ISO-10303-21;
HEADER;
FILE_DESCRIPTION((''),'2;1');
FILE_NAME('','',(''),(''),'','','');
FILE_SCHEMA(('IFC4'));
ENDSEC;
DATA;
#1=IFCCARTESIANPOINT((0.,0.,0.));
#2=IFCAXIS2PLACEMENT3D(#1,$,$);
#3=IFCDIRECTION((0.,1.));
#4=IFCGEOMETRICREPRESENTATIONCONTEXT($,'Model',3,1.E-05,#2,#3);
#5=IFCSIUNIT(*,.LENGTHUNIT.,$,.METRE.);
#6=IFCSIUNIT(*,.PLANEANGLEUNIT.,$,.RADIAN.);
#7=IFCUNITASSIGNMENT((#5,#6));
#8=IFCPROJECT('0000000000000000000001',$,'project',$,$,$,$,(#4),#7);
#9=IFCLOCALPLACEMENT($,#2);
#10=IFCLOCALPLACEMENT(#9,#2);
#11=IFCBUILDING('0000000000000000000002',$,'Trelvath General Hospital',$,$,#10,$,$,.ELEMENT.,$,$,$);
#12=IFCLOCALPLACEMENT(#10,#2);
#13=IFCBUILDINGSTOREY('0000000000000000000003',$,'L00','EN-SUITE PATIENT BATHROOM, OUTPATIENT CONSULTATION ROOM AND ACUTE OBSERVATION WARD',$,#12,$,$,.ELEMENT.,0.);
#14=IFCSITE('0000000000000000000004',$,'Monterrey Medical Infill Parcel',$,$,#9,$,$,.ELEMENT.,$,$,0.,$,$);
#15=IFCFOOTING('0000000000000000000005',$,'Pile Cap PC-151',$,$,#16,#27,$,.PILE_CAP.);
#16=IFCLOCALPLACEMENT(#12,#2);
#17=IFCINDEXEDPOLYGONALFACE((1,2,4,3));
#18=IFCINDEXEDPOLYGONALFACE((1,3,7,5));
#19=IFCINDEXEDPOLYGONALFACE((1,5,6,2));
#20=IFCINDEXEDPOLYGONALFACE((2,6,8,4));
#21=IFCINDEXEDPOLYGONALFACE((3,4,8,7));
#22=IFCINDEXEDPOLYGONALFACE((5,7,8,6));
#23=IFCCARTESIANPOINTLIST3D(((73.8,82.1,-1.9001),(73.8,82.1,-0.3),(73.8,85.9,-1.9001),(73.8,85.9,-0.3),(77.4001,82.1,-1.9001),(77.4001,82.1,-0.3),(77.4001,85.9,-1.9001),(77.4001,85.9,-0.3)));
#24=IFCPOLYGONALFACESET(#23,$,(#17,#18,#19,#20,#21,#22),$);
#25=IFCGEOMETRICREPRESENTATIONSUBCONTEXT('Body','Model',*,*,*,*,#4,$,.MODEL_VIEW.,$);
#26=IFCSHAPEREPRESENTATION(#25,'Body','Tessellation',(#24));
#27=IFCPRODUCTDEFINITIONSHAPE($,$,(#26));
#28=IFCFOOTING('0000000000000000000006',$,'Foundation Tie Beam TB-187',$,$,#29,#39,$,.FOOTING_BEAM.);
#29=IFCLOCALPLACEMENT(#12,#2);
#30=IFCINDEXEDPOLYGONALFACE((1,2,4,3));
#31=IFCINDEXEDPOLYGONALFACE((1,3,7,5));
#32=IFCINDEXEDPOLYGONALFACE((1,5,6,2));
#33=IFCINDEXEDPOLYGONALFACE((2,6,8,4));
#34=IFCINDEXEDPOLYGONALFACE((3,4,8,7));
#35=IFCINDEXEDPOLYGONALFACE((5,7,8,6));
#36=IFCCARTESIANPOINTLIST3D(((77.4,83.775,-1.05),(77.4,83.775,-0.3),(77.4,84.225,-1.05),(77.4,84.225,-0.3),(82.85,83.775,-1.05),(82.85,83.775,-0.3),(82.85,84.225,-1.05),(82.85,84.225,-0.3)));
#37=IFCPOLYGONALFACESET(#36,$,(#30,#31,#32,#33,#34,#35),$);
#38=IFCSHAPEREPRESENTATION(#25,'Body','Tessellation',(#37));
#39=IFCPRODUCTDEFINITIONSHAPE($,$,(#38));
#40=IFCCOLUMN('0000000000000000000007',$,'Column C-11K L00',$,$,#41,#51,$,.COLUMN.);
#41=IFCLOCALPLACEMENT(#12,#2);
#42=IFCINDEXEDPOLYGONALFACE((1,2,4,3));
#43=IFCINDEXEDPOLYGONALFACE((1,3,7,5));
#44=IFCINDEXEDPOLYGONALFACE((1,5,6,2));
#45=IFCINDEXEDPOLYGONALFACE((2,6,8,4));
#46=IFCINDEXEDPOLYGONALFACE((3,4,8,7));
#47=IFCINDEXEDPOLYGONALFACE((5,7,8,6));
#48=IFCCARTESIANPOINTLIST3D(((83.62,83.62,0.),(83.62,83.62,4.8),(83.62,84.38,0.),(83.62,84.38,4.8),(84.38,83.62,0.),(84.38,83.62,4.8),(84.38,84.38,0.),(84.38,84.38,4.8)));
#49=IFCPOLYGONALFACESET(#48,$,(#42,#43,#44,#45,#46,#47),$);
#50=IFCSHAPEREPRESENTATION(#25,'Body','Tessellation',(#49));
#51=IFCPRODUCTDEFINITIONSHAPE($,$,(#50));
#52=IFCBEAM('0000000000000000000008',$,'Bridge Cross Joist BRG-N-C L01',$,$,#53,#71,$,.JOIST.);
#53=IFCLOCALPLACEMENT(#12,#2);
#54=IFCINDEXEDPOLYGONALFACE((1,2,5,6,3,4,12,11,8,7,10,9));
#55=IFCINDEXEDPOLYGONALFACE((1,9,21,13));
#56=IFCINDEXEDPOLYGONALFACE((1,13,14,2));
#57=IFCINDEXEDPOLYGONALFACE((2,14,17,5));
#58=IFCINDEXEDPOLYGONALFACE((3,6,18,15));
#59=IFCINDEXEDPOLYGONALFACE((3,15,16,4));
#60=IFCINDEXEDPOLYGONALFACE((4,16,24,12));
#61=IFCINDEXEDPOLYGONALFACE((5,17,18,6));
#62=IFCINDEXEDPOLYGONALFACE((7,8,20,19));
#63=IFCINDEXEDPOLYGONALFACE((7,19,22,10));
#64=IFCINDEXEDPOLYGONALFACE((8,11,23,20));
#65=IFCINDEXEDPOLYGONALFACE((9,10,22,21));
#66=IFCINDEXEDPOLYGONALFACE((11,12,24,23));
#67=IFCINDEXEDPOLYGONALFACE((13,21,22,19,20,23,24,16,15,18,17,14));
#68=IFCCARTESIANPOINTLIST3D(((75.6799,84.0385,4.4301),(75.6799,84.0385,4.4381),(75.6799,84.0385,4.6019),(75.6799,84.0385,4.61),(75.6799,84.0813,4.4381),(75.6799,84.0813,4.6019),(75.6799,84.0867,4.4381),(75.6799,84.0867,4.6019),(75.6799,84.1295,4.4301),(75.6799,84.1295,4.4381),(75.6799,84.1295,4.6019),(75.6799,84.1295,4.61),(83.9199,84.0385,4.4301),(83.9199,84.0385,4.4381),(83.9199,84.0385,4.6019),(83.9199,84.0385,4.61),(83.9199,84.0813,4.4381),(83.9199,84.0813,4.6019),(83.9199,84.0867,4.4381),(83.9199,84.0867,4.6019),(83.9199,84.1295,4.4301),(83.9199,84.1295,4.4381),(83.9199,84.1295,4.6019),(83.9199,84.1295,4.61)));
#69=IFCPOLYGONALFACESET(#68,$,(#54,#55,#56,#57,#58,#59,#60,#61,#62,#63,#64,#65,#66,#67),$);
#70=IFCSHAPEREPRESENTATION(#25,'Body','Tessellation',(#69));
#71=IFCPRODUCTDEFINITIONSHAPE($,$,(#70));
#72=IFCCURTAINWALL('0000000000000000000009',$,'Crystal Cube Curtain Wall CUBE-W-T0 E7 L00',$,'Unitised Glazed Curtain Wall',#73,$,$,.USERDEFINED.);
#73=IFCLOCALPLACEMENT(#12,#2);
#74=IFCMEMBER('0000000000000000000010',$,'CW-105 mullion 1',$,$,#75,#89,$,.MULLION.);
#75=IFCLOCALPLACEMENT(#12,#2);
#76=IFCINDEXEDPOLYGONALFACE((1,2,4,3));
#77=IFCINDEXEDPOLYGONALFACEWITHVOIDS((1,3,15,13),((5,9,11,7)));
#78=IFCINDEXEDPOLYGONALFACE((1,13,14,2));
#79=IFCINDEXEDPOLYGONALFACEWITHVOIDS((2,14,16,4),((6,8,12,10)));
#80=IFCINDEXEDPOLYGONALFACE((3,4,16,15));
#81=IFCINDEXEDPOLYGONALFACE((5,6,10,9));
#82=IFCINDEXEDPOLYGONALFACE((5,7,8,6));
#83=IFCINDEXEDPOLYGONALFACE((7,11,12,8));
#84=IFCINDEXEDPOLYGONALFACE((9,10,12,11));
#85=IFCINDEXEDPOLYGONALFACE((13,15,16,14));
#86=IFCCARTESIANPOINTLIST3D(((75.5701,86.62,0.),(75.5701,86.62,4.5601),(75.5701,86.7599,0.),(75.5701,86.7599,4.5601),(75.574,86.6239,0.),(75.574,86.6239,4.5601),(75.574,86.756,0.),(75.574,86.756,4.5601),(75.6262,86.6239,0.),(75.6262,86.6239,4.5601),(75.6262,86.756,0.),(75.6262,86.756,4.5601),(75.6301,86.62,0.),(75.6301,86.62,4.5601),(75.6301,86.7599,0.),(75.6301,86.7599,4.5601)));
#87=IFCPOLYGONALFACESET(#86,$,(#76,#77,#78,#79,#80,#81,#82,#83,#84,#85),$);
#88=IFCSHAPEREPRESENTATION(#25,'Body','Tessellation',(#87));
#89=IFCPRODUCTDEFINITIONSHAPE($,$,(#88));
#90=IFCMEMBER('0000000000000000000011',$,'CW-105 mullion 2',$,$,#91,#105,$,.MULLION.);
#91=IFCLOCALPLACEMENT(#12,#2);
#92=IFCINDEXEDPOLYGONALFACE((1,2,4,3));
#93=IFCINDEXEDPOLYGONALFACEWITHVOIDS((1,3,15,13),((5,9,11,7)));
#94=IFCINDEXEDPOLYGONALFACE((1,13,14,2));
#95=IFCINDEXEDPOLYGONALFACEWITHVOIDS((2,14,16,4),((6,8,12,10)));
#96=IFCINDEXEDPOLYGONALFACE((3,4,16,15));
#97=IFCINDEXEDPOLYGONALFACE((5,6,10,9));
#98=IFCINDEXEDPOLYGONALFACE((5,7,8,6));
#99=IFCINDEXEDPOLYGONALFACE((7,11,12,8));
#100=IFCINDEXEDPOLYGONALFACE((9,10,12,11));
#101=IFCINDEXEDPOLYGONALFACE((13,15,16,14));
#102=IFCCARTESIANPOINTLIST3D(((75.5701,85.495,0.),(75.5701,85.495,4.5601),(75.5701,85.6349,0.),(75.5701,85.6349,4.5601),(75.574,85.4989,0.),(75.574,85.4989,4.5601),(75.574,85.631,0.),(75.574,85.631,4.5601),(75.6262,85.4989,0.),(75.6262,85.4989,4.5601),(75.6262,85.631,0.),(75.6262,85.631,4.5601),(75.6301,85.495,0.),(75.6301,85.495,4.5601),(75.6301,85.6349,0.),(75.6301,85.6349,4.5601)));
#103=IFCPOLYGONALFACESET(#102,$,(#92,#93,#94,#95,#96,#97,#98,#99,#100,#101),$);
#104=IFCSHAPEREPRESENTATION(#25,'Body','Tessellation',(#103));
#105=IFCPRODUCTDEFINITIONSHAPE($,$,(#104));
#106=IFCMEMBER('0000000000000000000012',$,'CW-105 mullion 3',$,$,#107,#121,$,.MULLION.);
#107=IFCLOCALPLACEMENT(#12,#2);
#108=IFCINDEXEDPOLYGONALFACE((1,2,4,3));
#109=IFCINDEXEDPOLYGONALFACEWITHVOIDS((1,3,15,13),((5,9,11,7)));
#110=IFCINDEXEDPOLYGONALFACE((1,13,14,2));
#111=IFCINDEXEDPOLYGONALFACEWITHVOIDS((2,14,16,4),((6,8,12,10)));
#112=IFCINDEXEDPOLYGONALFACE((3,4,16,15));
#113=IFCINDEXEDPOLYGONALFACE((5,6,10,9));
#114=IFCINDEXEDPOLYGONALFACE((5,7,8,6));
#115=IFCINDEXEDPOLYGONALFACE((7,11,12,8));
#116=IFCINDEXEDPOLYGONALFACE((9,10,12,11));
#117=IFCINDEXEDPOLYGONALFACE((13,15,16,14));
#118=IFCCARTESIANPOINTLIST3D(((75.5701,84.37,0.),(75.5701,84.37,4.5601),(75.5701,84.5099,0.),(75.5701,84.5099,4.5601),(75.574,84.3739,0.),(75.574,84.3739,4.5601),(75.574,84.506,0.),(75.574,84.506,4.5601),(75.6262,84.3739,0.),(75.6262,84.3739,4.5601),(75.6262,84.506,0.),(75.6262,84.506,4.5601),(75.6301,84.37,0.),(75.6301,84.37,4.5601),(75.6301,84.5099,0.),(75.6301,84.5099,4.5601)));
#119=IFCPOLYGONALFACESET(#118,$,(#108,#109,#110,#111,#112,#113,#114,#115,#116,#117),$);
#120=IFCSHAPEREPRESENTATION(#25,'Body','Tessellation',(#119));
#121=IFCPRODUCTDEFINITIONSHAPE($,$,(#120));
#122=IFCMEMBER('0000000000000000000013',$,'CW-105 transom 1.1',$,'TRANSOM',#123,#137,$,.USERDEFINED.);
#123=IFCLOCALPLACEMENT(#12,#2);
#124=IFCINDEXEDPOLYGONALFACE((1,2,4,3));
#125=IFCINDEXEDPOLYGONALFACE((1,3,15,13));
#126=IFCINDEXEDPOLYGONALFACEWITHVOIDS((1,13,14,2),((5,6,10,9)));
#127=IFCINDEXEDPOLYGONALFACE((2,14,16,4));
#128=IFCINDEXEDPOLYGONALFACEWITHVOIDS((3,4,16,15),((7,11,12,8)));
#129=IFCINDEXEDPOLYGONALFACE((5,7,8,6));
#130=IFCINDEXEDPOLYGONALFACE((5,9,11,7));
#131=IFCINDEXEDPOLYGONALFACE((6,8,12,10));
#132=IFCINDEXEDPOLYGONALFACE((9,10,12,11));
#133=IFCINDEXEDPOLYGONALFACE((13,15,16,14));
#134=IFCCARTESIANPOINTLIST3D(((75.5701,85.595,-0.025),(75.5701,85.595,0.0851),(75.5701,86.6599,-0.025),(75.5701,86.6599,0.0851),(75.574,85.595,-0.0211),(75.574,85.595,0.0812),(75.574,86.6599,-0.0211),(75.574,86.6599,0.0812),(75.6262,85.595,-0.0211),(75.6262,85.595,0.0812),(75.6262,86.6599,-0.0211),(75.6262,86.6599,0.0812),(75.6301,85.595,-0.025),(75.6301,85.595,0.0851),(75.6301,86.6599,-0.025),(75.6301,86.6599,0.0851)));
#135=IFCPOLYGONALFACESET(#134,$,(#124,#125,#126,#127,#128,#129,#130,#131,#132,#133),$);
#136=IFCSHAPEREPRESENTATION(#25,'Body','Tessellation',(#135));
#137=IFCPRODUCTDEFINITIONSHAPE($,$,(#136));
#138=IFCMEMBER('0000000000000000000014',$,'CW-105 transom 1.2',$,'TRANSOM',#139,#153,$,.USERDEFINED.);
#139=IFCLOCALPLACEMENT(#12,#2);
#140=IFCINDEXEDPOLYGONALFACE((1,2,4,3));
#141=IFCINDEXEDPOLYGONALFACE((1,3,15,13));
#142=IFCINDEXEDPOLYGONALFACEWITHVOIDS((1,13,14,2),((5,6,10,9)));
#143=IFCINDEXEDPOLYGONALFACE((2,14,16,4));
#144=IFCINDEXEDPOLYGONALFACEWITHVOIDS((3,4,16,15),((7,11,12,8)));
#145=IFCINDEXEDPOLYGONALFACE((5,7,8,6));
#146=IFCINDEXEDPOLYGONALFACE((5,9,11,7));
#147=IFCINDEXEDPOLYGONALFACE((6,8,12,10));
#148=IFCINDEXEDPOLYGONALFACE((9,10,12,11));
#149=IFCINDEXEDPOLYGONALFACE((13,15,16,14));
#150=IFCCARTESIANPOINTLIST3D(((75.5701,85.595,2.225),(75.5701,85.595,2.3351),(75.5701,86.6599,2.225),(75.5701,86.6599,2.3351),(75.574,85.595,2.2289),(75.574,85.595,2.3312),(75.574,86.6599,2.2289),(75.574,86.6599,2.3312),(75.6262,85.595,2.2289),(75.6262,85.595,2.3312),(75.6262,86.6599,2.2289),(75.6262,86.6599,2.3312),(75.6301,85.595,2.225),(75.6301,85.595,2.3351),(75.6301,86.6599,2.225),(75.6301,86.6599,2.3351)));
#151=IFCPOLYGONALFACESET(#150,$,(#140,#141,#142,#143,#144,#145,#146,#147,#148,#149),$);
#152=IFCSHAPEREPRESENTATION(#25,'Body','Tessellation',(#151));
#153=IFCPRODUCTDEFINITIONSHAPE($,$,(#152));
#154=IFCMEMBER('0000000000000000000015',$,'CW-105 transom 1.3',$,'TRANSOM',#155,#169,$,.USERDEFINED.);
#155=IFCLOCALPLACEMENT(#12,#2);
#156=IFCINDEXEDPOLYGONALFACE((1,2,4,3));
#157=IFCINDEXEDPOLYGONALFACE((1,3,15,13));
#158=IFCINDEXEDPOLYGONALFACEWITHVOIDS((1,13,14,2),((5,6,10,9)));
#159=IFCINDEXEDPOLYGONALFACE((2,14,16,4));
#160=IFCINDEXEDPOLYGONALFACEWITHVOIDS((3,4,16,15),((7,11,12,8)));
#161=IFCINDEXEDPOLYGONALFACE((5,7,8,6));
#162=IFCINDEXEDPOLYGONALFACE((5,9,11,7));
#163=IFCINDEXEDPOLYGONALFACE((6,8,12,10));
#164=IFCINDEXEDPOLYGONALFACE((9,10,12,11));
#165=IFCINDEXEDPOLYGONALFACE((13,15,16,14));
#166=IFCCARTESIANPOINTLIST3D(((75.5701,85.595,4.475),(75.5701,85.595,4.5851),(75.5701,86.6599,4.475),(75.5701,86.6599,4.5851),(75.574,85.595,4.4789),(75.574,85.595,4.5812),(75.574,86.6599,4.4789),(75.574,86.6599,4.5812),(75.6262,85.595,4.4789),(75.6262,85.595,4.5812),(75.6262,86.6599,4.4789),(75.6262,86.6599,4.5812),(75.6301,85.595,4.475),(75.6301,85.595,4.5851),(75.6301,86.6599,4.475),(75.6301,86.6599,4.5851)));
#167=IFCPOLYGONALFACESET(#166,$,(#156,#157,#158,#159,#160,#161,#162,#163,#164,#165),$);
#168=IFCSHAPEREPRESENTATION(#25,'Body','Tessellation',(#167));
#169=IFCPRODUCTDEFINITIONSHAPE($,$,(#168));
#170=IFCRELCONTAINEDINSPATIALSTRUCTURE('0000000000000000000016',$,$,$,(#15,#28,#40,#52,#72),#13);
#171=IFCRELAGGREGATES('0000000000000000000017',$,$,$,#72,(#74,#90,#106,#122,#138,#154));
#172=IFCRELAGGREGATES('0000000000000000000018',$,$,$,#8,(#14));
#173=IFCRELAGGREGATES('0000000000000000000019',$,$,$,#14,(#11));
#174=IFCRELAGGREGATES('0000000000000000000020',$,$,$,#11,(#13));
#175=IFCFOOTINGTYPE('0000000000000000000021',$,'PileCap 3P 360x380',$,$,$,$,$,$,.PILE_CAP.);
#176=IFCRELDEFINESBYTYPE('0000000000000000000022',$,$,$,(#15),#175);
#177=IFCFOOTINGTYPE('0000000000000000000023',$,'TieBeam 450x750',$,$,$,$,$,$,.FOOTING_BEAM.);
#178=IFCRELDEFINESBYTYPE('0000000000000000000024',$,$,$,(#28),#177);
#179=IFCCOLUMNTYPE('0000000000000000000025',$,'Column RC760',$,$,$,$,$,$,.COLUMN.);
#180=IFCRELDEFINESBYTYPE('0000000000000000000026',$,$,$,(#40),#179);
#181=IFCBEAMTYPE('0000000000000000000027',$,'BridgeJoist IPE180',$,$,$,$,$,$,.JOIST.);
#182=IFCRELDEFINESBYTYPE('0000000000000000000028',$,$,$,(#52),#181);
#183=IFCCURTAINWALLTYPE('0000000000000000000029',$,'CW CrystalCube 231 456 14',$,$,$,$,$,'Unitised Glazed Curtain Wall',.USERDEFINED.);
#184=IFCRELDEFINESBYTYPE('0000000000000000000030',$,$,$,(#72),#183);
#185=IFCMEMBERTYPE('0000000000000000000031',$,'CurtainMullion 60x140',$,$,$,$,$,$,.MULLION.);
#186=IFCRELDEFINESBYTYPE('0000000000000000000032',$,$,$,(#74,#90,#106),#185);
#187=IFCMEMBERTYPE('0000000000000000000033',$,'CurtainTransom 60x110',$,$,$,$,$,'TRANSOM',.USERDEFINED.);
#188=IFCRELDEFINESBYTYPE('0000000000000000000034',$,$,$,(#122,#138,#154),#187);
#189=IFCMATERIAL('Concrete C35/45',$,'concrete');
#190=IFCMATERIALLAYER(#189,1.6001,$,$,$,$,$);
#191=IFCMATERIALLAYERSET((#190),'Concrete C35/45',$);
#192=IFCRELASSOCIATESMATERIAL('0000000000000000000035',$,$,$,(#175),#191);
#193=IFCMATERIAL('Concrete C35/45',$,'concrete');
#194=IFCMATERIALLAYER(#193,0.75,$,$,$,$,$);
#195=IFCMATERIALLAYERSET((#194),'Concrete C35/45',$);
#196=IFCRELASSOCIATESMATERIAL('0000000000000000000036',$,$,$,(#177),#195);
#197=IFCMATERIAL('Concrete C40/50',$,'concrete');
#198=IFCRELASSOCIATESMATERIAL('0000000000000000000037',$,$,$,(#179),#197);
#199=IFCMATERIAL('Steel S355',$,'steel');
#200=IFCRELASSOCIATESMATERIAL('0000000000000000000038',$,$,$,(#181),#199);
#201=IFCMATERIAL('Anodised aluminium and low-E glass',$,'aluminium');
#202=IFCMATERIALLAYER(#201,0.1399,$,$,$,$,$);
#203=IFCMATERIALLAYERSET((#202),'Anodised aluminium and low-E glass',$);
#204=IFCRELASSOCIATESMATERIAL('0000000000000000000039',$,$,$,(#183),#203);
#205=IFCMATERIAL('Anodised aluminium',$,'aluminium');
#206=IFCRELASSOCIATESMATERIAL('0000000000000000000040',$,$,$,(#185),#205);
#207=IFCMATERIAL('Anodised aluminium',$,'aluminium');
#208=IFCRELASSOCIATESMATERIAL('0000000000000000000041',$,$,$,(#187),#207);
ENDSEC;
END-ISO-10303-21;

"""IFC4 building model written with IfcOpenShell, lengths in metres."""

from ifc_helpers import new_model, si_unit, direction, frame, origin, origin_2d, place, context, subcontext, project, spatial, rectangle, hollow_rectangle, i_section, extrude, material, layer, layer_set, material_profile, profile_set, type_object, element, aggregate, save


model = new_model("IFC4")

# Units and contexts
model_context = context("Model", 3, precision=1e-05, world=origin(), true_north=direction((0.0, 1.0)))
body_context = subcontext(model_context, "Body", "Model", "MODEL_VIEW")
ifc_project = project(units=[si_unit("LENGTHUNIT", "METRE"), si_unit("PLANEANGLEUNIT", "RADIAN")], contexts=[model_context])

# Site, building, storey
site_placement = place(None, origin())
site = spatial("IfcSite", under=ifc_project, at=site_placement, Name="Monterrey Medical Infill Parcel", CompositionType="ELEMENT", RefElevation=0.0)
building_placement = place(site_placement, origin())
building = spatial("IfcBuilding", under=site, at=building_placement, Name="Trelvath General Hospital", CompositionType="ELEMENT")
storey_placement = place(building_placement, origin())
storey = spatial("IfcBuildingStorey", under=building, at=storey_placement, Name="L00", Description="EN-SUITE PATIENT BATHROOM, OUTPATIENT CONSULTATION ROOM AND ACUTE OBSERVATION WARD", CompositionType="ELEMENT", Elevation=0.0)

# Footings
ifc_material_1 = material(Name="Concrete C35/45", Category="concrete")
ifc_layer_1 = layer(ifc_material_1, 1.6001)
ifc_layer_set_1 = layer_set([ifc_layer_1], Name="Concrete C35/45")
footing_type_1 = type_object("IfcFootingType", Name="PileCap 3P 360x380", PredefinedType="PILE_CAP", material=ifc_layer_set_1)
footing_1_placement = place(storey_placement, frame((75.6001, 84.0, -1.9001), z_axis=(0.0, 0.0, 1.0), x_axis=(1.0, 0.0, 0.0)))
element("IfcFooting", 1, at=footing_1_placement, inside=storey, type_object=footing_type_1, Name="Pile Cap PC-151", PredefinedType="PILE_CAP", context=body_context, shape_type="SweptSolid", body=[
    extrude(rectangle(XDim=3.6001, YDim=3.8, at=origin_2d()), origin(), (0.0, 0.0, 1.0), 1.6001),
])
ifc_material_2 = material(Name="Concrete C35/45", Category="concrete")
ifc_layer_2 = layer(ifc_material_2, 0.75)
ifc_layer_set_2 = layer_set([ifc_layer_2], Name="Concrete C35/45")
footing_type_2 = type_object("IfcFootingType", Name="TieBeam 450x750", PredefinedType="FOOTING_BEAM", material=ifc_layer_set_2)
footing_2_placement = place(storey_placement, frame((80.125, 84.0, -1.05), z_axis=(0.0, 0.0, 1.0), x_axis=(1.0, 0.0, 0.0)))
element("IfcFooting", 2, at=footing_2_placement, inside=storey, type_object=footing_type_2, Name="Foundation Tie Beam TB-187", PredefinedType="FOOTING_BEAM", context=body_context, shape_type="SweptSolid", body=[
    extrude(rectangle(XDim=5.45, YDim=0.45, at=origin_2d()), origin(), (0.0, 0.0, 1.0), 0.75),
])

# Column
ifc_material_3 = material(Name="Concrete C40/50", Category="concrete")
ifc_material_profile_1 = material_profile(ifc_material_3, rectangle(XDim=0.76, YDim=0.76, at=origin_2d()), Name="RC760x760")
ifc_profile_set_1 = profile_set([ifc_material_profile_1], Name="Concrete C40/50")
column_type = type_object("IfcColumnType", Name="Column RC760", PredefinedType="COLUMN", material=ifc_profile_set_1)
column_placement = place(storey_placement, frame((84.0, 84.0, 0.0), z_axis=(0.0, 0.0, 1.0), x_axis=(1.0, 0.0, 0.0)))
element("IfcColumn", 3, at=column_placement, inside=storey, type_object=column_type, Name="Column C-11K L00", PredefinedType="COLUMN", context=body_context, shape_type="SweptSolid", body=[
    extrude(rectangle(XDim=0.76, YDim=0.76, at=origin_2d()), origin(), (0.0, 0.0, 1.0), 4.8),
])

# Beam
ifc_material_4 = material(Name="Steel S355", Category="steel")
ifc_material_profile_2 = material_profile(ifc_material_4, i_section(OverallWidth=0.0911, OverallDepth=0.1799, WebThickness=0.0054, FlangeThickness=0.0081, at=origin_2d()), Name="IPE180")
ifc_profile_set_2 = profile_set([ifc_material_profile_2], Name="Steel S355")
beam_type = type_object("IfcBeamType", Name="BridgeJoist IPE180", PredefinedType="JOIST", material=ifc_profile_set_2)
beam_placement = place(storey_placement, frame((75.6799, 84.084, 4.52), z_axis=(1.0, 0.0, 0.0), x_axis=(0.0, 1.0, 0.0)))
element("IfcBeam", 4, at=beam_placement, inside=storey, type_object=beam_type, Name="Bridge Cross Joist BRG-N-C L01", PredefinedType="JOIST", context=body_context, shape_type="SweptSolid", body=[
    extrude(i_section(OverallWidth=0.0911, OverallDepth=0.1799, WebThickness=0.0054, FlangeThickness=0.0081, at=origin_2d()), origin(), (0.0, 0.0, 1.0), 8.24),
])

# Curtain wall, members
ifc_material_5 = material(Name="Anodised aluminium and low-E glass", Category="aluminium")
ifc_layer_3 = layer(ifc_material_5, 0.1399)
ifc_layer_set_3 = layer_set([ifc_layer_3], Name="Anodised aluminium and low-E glass")
curtain_wall_type = type_object("IfcCurtainWallType", Name="CW CrystalCube 231 456 14", ElementType="Unitised Glazed Curtain Wall", PredefinedType="USERDEFINED", material=ifc_layer_set_3)
curtain_wall_placement = place(storey_placement, origin())
curtain_wall = element("IfcCurtainWall", 5, at=curtain_wall_placement, inside=storey, type_object=curtain_wall_type, Name="Crystal Cube Curtain Wall CUBE-W-T0 E7 L00", ObjectType="Unitised Glazed Curtain Wall", PredefinedType="USERDEFINED")
ifc_material_6 = material(Name="Anodised aluminium", Category="aluminium")
ifc_material_profile_3 = material_profile(ifc_material_6, hollow_rectangle(XDim=0.0601, YDim=0.1399, WallThickness=0.0039, at=origin_2d()), Name="RHS60x140x4")
ifc_profile_set_3 = profile_set([ifc_material_profile_3], Name="Anodised aluminium")
member_type_1 = type_object("IfcMemberType", Name="CurtainMullion 60x140", PredefinedType="MULLION", material=ifc_profile_set_3)
member_1_placement = place(storey_placement, frame((75.6001, 86.6899, 0.0), z_axis=(0.0, 0.0, 1.0), x_axis=(1.0, 0.0, 0.0)))
member_1 = element("IfcMember", 6, at=member_1_placement, type_object=member_type_1, Name="CW-105 mullion 1", PredefinedType="MULLION", context=body_context, shape_type="SweptSolid", body=[
    extrude(hollow_rectangle(XDim=0.0601, YDim=0.1399, WallThickness=0.0039, at=origin_2d()), origin(), (0.0, 0.0, 1.0), 4.5601),
])
member_2_placement = place(storey_placement, frame((75.6001, 85.5649, 0.0), z_axis=(0.0, 0.0, 1.0), x_axis=(1.0, 0.0, 0.0)))
member_2 = element("IfcMember", 7, at=member_2_placement, type_object=member_type_1, Name="CW-105 mullion 2", PredefinedType="MULLION", context=body_context, shape_type="SweptSolid", body=[
    extrude(hollow_rectangle(XDim=0.0601, YDim=0.1399, WallThickness=0.0039, at=origin_2d()), origin(), (0.0, 0.0, 1.0), 4.5601),
])
member_3_placement = place(storey_placement, frame((75.6001, 84.4399, 0.0), z_axis=(0.0, 0.0, 1.0), x_axis=(1.0, 0.0, 0.0)))
member_3 = element("IfcMember", 8, at=member_3_placement, type_object=member_type_1, Name="CW-105 mullion 3", PredefinedType="MULLION", context=body_context, shape_type="SweptSolid", body=[
    extrude(hollow_rectangle(XDim=0.0601, YDim=0.1399, WallThickness=0.0039, at=origin_2d()), origin(), (0.0, 0.0, 1.0), 4.5601),
])
ifc_material_7 = material(Name="Anodised aluminium", Category="aluminium")
ifc_material_profile_4 = material_profile(ifc_material_7, hollow_rectangle(XDim=0.0601, YDim=0.1101, WallThickness=0.0039, at=origin_2d()), Name="RHS60x110x4")
ifc_profile_set_4 = profile_set([ifc_material_profile_4], Name="Anodised aluminium")
member_type_2 = type_object("IfcMemberType", Name="CurtainTransom 60x110", ElementType="TRANSOM", PredefinedType="USERDEFINED", material=ifc_profile_set_4)
member_4_placement = place(storey_placement, frame((75.6001, 86.6599, 0.03), z_axis=(0.0, -1.0, 0.0), x_axis=(1.0, 0.0, 0.0)))
member_4 = element("IfcMember", 9, at=member_4_placement, type_object=member_type_2, Name="CW-105 transom 1.1", ObjectType="TRANSOM", PredefinedType="USERDEFINED", context=body_context, shape_type="SweptSolid", body=[
    extrude(hollow_rectangle(XDim=0.0601, YDim=0.1101, WallThickness=0.0039, at=origin_2d()), origin(), (0.0, 0.0, 1.0), 1.0649),
])
member_5_placement = place(storey_placement, frame((75.6001, 86.6599, 2.28), z_axis=(0.0, -1.0, 0.0), x_axis=(1.0, 0.0, 0.0)))
member_5 = element("IfcMember", 10, at=member_5_placement, type_object=member_type_2, Name="CW-105 transom 1.2", ObjectType="TRANSOM", PredefinedType="USERDEFINED", context=body_context, shape_type="SweptSolid", body=[
    extrude(hollow_rectangle(XDim=0.0601, YDim=0.1101, WallThickness=0.0039, at=origin_2d()), origin(), (0.0, 0.0, 1.0), 1.0649),
])
member_6_placement = place(storey_placement, frame((75.6001, 86.6599, 4.53), z_axis=(0.0, -1.0, 0.0), x_axis=(1.0, 0.0, 0.0)))
member_6 = element("IfcMember", 11, at=member_6_placement, type_object=member_type_2, Name="CW-105 transom 1.3", ObjectType="TRANSOM", PredefinedType="USERDEFINED", context=body_context, shape_type="SweptSolid", body=[
    extrude(hollow_rectangle(XDim=0.0601, YDim=0.1101, WallThickness=0.0039, at=origin_2d()), origin(), (0.0, 0.0, 1.0), 1.0649),
])
aggregate(curtain_wall, [member_1, member_2, member_3, member_4, member_5, member_6])

save(model, "model.ifc")
